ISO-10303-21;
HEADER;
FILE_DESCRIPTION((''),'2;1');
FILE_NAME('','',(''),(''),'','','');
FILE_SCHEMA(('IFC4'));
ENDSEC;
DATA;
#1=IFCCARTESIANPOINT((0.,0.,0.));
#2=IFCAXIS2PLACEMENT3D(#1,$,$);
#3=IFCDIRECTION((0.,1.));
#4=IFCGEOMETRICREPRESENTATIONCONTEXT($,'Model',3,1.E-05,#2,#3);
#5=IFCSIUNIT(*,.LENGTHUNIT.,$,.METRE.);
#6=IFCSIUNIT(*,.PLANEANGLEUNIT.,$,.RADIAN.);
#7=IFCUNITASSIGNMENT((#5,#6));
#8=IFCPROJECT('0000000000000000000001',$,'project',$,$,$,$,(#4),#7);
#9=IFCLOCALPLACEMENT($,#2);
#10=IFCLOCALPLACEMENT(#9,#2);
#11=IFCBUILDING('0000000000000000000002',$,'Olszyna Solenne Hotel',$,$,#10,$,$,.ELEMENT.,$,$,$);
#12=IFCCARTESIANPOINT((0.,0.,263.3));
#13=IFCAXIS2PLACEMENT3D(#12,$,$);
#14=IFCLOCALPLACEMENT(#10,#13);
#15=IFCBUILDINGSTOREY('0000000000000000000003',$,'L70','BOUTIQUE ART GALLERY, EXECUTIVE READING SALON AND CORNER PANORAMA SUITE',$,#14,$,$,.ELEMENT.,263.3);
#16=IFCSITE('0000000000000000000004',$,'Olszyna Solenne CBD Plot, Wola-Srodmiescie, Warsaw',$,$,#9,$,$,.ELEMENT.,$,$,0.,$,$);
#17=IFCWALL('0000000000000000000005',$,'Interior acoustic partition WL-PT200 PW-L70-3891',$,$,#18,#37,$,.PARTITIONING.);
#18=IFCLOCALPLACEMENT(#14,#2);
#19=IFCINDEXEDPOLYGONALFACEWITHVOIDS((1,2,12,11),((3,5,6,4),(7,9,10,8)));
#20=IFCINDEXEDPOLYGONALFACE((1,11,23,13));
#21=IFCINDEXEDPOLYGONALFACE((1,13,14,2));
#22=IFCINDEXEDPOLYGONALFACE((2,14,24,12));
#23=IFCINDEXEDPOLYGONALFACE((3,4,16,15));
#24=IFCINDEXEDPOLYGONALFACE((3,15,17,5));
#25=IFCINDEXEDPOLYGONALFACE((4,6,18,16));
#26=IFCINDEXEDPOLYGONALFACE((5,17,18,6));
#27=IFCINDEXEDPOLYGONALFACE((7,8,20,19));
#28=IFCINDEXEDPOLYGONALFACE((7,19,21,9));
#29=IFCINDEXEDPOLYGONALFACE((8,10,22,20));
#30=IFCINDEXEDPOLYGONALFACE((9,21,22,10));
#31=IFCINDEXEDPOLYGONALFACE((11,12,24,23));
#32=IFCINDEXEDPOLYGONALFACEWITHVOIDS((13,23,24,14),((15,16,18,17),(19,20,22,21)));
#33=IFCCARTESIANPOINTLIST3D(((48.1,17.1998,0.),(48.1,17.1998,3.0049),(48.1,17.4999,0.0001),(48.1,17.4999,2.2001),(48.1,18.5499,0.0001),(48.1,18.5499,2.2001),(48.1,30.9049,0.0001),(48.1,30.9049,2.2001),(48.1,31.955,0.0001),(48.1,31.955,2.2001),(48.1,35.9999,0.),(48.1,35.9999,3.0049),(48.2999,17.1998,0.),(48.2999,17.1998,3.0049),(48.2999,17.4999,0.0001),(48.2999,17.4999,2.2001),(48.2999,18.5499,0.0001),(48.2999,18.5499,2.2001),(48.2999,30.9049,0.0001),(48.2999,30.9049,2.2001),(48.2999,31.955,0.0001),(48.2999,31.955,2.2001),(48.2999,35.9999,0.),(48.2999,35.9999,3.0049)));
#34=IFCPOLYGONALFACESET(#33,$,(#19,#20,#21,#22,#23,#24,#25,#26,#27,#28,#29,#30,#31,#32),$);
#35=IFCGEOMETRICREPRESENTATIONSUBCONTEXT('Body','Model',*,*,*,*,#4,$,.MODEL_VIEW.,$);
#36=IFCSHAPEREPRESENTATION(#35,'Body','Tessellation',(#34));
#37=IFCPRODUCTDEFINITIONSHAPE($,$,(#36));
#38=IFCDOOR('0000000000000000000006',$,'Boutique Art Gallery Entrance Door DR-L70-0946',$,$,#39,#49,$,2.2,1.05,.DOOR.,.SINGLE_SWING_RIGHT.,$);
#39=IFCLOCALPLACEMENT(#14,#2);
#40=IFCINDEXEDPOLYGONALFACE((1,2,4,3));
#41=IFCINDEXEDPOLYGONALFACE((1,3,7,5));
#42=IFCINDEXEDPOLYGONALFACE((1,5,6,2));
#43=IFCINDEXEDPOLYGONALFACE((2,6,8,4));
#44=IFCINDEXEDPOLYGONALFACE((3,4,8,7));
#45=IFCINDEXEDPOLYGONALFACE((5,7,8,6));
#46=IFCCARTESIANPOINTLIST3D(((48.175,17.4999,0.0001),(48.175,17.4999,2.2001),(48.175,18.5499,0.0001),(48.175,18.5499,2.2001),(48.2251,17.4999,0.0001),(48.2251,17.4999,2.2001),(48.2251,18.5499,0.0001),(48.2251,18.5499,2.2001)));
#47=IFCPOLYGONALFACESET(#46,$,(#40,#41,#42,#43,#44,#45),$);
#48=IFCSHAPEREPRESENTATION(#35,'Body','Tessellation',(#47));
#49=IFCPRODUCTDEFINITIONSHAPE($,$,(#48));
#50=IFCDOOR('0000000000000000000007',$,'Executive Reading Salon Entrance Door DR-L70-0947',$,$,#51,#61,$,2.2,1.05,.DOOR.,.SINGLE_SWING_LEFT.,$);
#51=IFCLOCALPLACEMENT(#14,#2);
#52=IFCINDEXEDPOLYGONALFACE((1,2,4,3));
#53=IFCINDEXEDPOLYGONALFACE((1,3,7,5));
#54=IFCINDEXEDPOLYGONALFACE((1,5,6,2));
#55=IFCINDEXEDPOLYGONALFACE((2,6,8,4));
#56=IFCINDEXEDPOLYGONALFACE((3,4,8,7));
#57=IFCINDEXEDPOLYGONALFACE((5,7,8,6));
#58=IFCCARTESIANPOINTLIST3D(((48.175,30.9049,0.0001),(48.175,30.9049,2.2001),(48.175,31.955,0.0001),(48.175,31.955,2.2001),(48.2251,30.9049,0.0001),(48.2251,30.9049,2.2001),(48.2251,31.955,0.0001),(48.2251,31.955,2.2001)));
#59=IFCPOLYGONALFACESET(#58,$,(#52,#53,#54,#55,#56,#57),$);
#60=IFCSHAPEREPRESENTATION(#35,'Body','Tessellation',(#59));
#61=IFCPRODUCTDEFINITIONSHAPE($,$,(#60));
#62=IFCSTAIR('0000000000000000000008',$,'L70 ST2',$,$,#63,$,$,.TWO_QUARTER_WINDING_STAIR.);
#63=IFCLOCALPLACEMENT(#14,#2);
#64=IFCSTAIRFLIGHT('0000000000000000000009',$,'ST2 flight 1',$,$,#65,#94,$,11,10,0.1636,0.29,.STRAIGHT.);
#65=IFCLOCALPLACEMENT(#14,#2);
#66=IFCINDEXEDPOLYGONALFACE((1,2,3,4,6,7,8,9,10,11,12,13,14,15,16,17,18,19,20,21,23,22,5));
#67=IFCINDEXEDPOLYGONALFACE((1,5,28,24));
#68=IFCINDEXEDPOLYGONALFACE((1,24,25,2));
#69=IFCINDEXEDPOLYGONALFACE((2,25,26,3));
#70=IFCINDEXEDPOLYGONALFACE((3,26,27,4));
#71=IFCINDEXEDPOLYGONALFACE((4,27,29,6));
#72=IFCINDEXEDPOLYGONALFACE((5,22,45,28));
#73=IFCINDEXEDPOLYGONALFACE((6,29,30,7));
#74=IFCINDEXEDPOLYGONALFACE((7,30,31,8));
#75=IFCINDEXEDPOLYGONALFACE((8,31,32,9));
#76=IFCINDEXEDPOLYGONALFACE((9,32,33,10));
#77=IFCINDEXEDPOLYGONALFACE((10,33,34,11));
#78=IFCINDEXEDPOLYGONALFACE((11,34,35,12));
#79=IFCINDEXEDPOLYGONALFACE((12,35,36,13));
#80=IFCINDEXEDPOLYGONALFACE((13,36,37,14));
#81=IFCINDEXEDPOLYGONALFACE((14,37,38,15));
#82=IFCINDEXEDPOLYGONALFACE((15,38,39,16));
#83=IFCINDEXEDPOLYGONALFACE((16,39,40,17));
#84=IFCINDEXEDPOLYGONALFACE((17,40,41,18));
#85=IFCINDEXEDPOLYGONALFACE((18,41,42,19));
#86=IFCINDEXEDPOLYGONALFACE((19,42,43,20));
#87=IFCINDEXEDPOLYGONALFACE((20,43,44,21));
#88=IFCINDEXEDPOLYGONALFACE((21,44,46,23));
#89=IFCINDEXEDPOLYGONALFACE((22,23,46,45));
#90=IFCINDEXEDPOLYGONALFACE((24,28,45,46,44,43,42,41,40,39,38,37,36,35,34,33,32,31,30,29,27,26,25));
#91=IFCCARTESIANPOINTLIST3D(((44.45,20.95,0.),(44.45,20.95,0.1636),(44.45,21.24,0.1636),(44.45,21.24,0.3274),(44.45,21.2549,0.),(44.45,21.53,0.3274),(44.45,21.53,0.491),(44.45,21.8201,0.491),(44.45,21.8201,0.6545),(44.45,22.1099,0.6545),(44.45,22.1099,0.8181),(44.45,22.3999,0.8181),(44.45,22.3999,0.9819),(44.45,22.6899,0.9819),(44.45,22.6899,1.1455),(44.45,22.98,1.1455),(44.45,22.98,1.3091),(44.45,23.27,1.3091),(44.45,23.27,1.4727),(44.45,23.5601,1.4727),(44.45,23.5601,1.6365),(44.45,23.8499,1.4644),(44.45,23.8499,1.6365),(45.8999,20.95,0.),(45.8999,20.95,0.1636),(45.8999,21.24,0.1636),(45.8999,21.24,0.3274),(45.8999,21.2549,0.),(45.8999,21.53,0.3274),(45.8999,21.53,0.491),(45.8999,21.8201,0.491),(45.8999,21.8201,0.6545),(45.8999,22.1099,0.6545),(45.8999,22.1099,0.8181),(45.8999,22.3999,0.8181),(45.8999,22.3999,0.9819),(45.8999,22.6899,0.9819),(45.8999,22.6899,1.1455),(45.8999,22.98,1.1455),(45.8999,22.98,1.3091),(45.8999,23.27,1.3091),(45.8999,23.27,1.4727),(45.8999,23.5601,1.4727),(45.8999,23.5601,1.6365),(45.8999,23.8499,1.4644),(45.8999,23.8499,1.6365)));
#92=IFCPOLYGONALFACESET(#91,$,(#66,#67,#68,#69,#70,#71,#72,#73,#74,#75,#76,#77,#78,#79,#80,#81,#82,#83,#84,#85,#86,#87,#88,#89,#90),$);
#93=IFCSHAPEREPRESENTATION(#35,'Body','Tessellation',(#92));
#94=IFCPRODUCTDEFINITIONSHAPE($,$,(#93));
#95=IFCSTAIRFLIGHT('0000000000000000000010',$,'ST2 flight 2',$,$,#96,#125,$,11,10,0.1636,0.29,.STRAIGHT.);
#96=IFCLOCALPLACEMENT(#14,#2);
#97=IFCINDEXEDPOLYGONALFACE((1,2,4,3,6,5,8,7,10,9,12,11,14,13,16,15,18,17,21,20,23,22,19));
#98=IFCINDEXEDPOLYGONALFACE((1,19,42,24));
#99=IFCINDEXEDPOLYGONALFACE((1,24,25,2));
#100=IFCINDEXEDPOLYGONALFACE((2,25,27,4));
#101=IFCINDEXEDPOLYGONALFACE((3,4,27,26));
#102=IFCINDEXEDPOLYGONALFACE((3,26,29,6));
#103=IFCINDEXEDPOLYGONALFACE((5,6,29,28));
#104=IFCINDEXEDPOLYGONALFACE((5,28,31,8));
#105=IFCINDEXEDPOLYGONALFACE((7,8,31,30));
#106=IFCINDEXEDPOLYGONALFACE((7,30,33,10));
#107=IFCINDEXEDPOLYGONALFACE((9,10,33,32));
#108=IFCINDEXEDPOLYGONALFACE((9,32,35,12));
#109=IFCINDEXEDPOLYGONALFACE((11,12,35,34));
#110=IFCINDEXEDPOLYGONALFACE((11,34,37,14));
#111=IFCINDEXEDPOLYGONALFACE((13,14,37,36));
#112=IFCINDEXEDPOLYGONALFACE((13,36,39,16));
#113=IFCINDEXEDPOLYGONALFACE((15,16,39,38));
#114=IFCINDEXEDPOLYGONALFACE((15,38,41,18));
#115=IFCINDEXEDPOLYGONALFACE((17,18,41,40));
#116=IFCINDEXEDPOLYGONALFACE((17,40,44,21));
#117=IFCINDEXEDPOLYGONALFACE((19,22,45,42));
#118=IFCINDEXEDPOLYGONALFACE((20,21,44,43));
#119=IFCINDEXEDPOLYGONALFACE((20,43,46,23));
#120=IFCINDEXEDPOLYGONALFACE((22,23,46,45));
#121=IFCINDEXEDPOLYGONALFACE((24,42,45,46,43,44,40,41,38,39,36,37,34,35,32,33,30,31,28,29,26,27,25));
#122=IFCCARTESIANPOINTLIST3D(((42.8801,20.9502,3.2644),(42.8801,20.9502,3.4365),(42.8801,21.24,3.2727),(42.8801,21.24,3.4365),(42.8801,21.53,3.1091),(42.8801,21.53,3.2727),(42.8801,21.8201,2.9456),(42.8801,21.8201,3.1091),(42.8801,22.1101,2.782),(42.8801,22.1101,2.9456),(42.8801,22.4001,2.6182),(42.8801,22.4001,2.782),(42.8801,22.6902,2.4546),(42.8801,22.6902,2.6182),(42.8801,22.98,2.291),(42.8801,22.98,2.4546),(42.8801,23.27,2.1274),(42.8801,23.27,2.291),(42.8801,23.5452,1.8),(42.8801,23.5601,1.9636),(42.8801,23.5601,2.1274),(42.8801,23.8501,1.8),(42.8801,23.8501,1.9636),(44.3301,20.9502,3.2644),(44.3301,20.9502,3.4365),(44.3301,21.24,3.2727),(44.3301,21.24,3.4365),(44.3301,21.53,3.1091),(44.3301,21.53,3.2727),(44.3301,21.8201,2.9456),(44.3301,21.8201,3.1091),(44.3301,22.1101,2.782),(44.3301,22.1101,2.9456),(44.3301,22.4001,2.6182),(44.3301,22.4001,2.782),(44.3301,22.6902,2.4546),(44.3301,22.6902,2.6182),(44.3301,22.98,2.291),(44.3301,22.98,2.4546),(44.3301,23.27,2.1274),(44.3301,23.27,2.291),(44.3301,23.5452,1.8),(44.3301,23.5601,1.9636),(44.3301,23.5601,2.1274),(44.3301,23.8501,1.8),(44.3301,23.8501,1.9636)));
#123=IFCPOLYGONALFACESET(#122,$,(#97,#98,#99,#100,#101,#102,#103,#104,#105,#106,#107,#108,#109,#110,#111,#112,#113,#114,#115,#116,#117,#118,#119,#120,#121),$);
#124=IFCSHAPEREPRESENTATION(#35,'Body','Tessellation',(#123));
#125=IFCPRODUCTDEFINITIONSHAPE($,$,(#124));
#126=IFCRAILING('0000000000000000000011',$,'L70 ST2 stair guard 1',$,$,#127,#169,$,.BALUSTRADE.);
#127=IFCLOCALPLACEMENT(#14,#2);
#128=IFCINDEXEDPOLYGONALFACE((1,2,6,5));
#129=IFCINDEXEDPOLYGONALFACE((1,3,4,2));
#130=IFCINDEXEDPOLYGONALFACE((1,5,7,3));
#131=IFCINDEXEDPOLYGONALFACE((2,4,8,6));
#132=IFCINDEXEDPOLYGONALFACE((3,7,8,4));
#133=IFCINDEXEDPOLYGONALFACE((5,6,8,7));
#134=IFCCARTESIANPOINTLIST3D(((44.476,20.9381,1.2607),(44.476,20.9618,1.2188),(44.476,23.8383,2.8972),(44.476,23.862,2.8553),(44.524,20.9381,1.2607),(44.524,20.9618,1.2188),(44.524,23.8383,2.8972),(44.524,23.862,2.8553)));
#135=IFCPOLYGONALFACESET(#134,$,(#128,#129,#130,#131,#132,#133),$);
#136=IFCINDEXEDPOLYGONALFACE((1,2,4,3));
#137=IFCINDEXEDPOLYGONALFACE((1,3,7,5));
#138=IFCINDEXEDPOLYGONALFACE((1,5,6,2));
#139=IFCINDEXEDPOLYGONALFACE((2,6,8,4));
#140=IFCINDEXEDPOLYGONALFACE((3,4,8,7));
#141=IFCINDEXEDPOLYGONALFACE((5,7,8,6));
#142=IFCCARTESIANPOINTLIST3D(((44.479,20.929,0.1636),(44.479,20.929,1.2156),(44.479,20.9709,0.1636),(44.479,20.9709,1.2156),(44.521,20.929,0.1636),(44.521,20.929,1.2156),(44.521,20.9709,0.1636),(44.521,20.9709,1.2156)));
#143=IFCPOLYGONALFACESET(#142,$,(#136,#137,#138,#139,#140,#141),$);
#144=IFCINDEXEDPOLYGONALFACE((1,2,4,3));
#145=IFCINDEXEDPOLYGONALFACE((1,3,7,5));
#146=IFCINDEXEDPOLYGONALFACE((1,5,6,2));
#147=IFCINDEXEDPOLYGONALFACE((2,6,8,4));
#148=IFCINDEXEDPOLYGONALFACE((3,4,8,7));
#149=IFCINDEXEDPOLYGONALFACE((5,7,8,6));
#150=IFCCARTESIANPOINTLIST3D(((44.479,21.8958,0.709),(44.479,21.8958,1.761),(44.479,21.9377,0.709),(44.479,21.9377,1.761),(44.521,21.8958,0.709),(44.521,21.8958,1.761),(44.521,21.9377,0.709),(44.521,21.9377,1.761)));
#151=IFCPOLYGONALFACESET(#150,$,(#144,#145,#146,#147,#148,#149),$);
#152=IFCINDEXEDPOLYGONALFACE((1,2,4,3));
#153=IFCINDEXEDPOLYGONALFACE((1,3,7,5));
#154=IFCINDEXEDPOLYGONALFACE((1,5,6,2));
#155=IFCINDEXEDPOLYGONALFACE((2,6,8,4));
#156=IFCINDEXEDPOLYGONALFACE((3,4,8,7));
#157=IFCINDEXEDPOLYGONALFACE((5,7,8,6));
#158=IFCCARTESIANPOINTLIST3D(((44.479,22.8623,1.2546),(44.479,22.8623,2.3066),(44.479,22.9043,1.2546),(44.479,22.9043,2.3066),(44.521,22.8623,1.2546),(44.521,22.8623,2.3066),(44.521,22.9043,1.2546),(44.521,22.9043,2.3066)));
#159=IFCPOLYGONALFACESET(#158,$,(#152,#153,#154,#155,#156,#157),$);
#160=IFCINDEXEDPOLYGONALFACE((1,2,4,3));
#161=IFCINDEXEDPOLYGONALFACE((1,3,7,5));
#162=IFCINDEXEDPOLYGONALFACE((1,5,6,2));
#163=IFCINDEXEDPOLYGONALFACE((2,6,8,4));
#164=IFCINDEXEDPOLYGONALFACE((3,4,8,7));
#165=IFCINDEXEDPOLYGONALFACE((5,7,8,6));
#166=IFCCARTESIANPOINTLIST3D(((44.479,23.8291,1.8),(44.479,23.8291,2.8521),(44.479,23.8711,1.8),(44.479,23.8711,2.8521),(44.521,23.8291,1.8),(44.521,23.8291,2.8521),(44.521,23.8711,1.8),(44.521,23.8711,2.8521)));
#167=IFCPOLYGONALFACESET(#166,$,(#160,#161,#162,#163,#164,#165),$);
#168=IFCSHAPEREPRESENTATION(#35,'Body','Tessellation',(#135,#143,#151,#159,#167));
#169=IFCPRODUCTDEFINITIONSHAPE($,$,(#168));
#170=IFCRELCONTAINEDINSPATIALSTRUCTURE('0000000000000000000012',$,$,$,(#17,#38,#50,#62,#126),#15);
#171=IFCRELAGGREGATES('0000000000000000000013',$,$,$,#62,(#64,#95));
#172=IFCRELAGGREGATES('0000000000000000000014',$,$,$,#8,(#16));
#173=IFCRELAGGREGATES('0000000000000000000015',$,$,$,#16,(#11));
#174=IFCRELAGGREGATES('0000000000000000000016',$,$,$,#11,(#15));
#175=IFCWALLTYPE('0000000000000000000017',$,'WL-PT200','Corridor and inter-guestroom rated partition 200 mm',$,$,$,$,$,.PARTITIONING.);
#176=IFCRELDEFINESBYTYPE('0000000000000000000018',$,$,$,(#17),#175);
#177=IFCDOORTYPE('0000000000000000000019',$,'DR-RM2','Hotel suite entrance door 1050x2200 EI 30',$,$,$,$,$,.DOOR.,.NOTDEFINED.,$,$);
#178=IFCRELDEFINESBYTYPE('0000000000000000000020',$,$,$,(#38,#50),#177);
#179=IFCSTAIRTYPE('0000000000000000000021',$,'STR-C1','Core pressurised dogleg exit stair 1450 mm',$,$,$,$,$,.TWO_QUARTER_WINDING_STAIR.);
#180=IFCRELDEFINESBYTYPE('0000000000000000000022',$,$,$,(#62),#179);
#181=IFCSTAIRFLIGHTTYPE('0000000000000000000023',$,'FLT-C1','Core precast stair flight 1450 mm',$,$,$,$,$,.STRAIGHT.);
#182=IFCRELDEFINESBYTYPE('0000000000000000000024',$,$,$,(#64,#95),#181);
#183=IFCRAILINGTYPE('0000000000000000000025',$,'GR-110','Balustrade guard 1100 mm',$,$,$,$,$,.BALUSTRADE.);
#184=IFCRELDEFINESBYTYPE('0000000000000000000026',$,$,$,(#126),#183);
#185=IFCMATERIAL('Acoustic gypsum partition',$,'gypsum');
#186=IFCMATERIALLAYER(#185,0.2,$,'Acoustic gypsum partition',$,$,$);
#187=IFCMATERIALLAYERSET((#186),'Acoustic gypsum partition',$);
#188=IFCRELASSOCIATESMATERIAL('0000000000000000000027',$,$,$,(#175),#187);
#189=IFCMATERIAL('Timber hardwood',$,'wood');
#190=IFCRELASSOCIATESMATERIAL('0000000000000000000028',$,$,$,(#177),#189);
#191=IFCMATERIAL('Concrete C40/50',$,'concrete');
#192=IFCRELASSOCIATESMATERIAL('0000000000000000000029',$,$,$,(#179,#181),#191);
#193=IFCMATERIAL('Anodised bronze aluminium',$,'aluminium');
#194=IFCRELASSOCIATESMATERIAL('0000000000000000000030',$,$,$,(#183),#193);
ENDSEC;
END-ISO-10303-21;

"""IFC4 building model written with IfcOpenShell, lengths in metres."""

from ifc_helpers import new_model, si_unit, direction, frame, frame_2d, origin, origin_2d, place, context, subcontext, project, spatial, polyline, rectangle, outline, extrude, source, transform, mapped, material, layer, layer_set, type_object, type_shapes, element, fill, aggregate, save


model = new_model("IFC4")

# Units and contexts
model_context = context("Model", 3, precision=1e-05, world=origin(), true_north=direction((0.0, 1.0)))
body_context = subcontext(model_context, "Body", "Model", "MODEL_VIEW")
ifc_project = project(units=[si_unit("LENGTHUNIT", "METRE"), si_unit("PLANEANGLEUNIT", "RADIAN")], contexts=[model_context])

# Site, building, storey
site_placement = place(None, origin())
site = spatial("IfcSite", under=ifc_project, at=site_placement, Name="Olszyna Solenne CBD Plot, Wola-Srodmiescie, Warsaw", CompositionType="ELEMENT", RefElevation=0.0)
building_placement = place(site_placement, origin())
building = spatial("IfcBuilding", under=site, at=building_placement, Name="Olszyna Solenne Hotel", CompositionType="ELEMENT")
storey_placement = place(building_placement, frame((0.0, 0.0, 263.3)))
storey = spatial("IfcBuildingStorey", under=building, at=storey_placement, Name="L70", Description="BOUTIQUE ART GALLERY, EXECUTIVE READING SALON AND CORNER PANORAMA SUITE", CompositionType="ELEMENT", Elevation=263.3)

# Shared definitions
ifc_material_1 = material(Name="Anodised bronze aluminium", Category="aluminium")

# Shared definitions
ifc_material_2 = material(Name="Acoustic gypsum partition", Category="gypsum")

# Shared definitions
ifc_layer_1 = layer(ifc_material_2, 0.2, Name="Acoustic gypsum partition")
ifc_layer_set_1 = layer_set([ifc_layer_1], Name="Acoustic gypsum partition")
wall_type_1 = type_object("IfcWallType", Name="WL-PT200", Description="Corridor and inter-guestroom rated partition 200 mm", PredefinedType="PARTITIONING", material=ifc_layer_set_1)

# Wall, openings, doors
wall_1_placement = place(storey_placement, frame((48.2, 17.2, 0.0), z_axis=(0.0, 0.0, 1.0), x_axis=(0.0, 1.0, 0.0)))
wall_1 = element("IfcWall", 1, at=wall_1_placement, inside=storey, type_object=wall_type_1, Name="Interior acoustic partition WL-PT200 PW-L70-3891", PredefinedType="PARTITIONING", context=body_context, shape_type="SweptSolid", body=[
    extrude(rectangle(XDim=18.8, YDim=0.2, at=frame_2d((9.3999, 0.0))), origin(), (0.0, 0.0, 1.0), 3.0049),
])
opening_1_placement = place(wall_1_placement, frame((0.3, 0.0, 0.0)))
opening_1 = element("IfcOpeningElement", 2, at=opening_1_placement, cuts=wall_1, PredefinedType="OPENING", context=body_context, shape_type="SweptSolid", body=[
    extrude(rectangle(XDim=1.05, YDim=2.2, at=frame_2d((0.5249, 1.1001))), frame((0.0, 0.1099, 0.0), z_axis=(0.0, -1.0, 0.0), x_axis=(1.0, 0.0, 0.0)), (0.0, 0.0, 1.0), 0.22),
])
opening_2_placement = place(wall_1_placement, frame((13.7051, 0.0, 0.0)))
opening_2 = element("IfcOpeningElement", 3, at=opening_2_placement, cuts=wall_1, PredefinedType="OPENING", context=body_context, shape_type="SweptSolid", body=[
    extrude(rectangle(XDim=1.05, YDim=2.2, at=frame_2d((0.5249, 1.1001))), frame((0.0, 0.1099, 0.0), z_axis=(0.0, -1.0, 0.0), x_axis=(1.0, 0.0, 0.0)), (0.0, 0.0, 1.0), 0.22),
])
ifc_material_3 = material(Name="Timber hardwood", Category="wood")
door_type_1 = type_object("IfcDoorType", Name="DR-RM2", Description="Hotel suite entrance door 1050x2200 EI 30", OperationType="NOTDEFINED", PredefinedType="DOOR", material=ifc_material_3)
shared_shape_1 = source(origin(), body_context, "Body", "SweptSolid", [
    extrude(rectangle(XDim=1.05, YDim=2.2, at=frame_2d((0.5249, 1.1001))), frame((0.0, 0.0249, 0.0), z_axis=(0.0, -1.0, 0.0), x_axis=(1.0, 0.0, 0.0)), (0.0, 0.0, 1.0), 0.05),
])
type_shapes(door_type_1, [shared_shape_1])
door_1_placement = place(opening_1_placement, origin())
door_1 = element("IfcDoor", 4, at=door_1_placement, inside=storey, type_object=door_type_1, Name="Boutique Art Gallery Entrance Door DR-L70-0946", OperationType="SINGLE_SWING_RIGHT", OverallHeight=2.2, OverallWidth=1.05, PredefinedType="DOOR", context=body_context, shape_type="MappedRepresentation", body=[
    mapped(shared_shape_1, transform((0.0, 0.0, 0.0), x_axis=(1.0, 0.0, 0.0), y_axis=(0.0, 1.0, 0.0), z_axis=(0.0, 0.0, 1.0), scale=1.0)),
])
fill(opening_1, door_1)
door_2_placement = place(opening_2_placement, origin())
door_2 = element("IfcDoor", 5, at=door_2_placement, inside=storey, type_object=door_type_1, Name="Executive Reading Salon Entrance Door DR-L70-0947", OperationType="SINGLE_SWING_LEFT", OverallHeight=2.2, OverallWidth=1.05, PredefinedType="DOOR", context=body_context, shape_type="MappedRepresentation", body=[
    mapped(shared_shape_1, transform((0.0, 0.0, 0.0), x_axis=(1.0, 0.0, 0.0), y_axis=(0.0, 1.0, 0.0), z_axis=(0.0, 0.0, 1.0), scale=1.0)),
])
fill(opening_2, door_2)

# Stair, stair flights
ifc_material_4 = material(Name="Concrete C40/50", Category="concrete")
stair_type = type_object("IfcStairType", Name="STR-C1", Description="Core pressurised dogleg exit stair 1450 mm", PredefinedType="TWO_QUARTER_WINDING_STAIR", material=ifc_material_4)
stair_placement = place(storey_placement, origin())
stair = element("IfcStair", 6, at=stair_placement, inside=storey, type_object=stair_type, Name="L70 ST2", PredefinedType="TWO_QUARTER_WINDING_STAIR")
stair_flight_type = type_object("IfcStairFlightType", Name="FLT-C1", Description="Core precast stair flight 1450 mm", PredefinedType="STRAIGHT", material=ifc_material_4)
stair_flight_1_placement = place(storey_placement, frame((45.175, 20.95, 0.0), z_axis=(0.0, 0.0, 1.0), x_axis=(0.0, 1.0, 0.0)))
stair_flight_1 = element("IfcStairFlight", 7, at=stair_flight_1_placement, type_object=stair_flight_type, Name="ST2 flight 1", NumberOfRisers=11, NumberOfTreads=10, PredefinedType="STRAIGHT", RiserHeight=0.1636, TreadLength=0.29, context=body_context, shape_type="SweptSolid", body=[
    extrude(outline(polyline([(0.0, 0.0), (0.0, 0.1636), (0.29, 0.1636), (0.29, 0.3274), (0.5801, 0.3274), (0.5801, 0.491), (0.8701, 0.491), (0.8701, 0.6545), (1.1599, 0.6545), (1.1599, 0.8181), (1.45, 0.8181), (1.45, 0.9819), (1.74, 0.9819), (1.74, 1.1455), (2.03, 1.1455), (2.03, 1.3091), (2.3201, 1.3091), (2.3201, 1.4727), (2.6101, 1.4727), (2.6101, 1.6365), (2.8999, 1.6365), (2.8999, 1.8), (2.8999, 1.4644), (0.3049, 0.0), (0.0, 0.0)])), frame((0.0, 0.7251, 0.0), z_axis=(0.0, -1.0, 0.0), x_axis=(1.0, 0.0, 0.0)), (0.0, 0.0, 1.0), 1.45),
])
stair_flight_2_placement = place(storey_placement, frame((43.605, 23.8501, 1.8), z_axis=(0.0, 0.0, 1.0), x_axis=(0.0, -1.0, 0.0)))
stair_flight_2 = element("IfcStairFlight", 8, at=stair_flight_2_placement, type_object=stair_flight_type, Name="ST2 flight 2", NumberOfRisers=11, NumberOfTreads=10, PredefinedType="STRAIGHT", RiserHeight=0.1636, TreadLength=0.29, context=body_context, shape_type="SweptSolid", body=[
    extrude(outline(polyline([(0.0, 0.0), (0.0, 0.1636), (0.29, 0.1636), (0.29, 0.3274), (0.5801, 0.3274), (0.5801, 0.491), (0.8701, 0.491), (0.8701, 0.6545), (1.1599, 0.6545), (1.1599, 0.8181), (1.45, 0.8181), (1.45, 0.9819), (1.74, 0.9819), (1.74, 1.1455), (2.03, 1.1455), (2.03, 1.3091), (2.3201, 1.3091), (2.3201, 1.4727), (2.6101, 1.4727), (2.6101, 1.6365), (2.8999, 1.6365), (2.8999, 1.8), (2.8999, 1.4644), (0.3049, 0.0), (0.0, 0.0)])), frame((0.0, 0.7251, 0.0), z_axis=(0.0, -1.0, 0.0), x_axis=(1.0, 0.0, 0.0)), (0.0, 0.0, 1.0), 1.45),
])
aggregate(stair, [stair_flight_1, stair_flight_2])

# Railing
railing_type_1 = type_object("IfcRailingType", Name="GR-110", Description="Balustrade guard 1100 mm", PredefinedType="BALUSTRADE", material=ifc_material_1)
railing_1_placement = place(storey_placement, frame((44.5, 20.95, 0.1636)))
element("IfcRailing", 9, at=railing_1_placement, inside=storey, type_object=railing_type_1, Name="L70 ST2 stair guard 1", PredefinedType="BALUSTRADE", context=body_context, shape_type="SweptSolid", body=[
    extrude(rectangle(XDim=0.0481, YDim=0.0481, at=origin_2d()), frame((0.0, 0.0, 1.0762), z_axis=(0.0, 0.870915, 0.491434), x_axis=(-1.0, 0.0, 0.0)), (0.0, 0.0, 1.0), 3.3301),
    extrude(rectangle(XDim=0.042, YDim=0.042, at=origin_2d()), origin(), (0.0, 0.0, 1.0), 1.052),
    extrude(rectangle(XDim=0.042, YDim=0.042, at=origin_2d()), frame((0.0, 0.9668, 0.5454)), (0.0, 0.0, 1.0), 1.052),
    extrude(rectangle(XDim=0.042, YDim=0.042, at=origin_2d()), frame((0.0, 1.9333, 1.0911)), (0.0, 0.0, 1.0), 1.052),
    extrude(rectangle(XDim=0.042, YDim=0.042, at=origin_2d()), frame((0.0, 2.9001, 1.6365)), (0.0, 0.0, 1.0), 1.052),
])

save(model, "model.ifc")
